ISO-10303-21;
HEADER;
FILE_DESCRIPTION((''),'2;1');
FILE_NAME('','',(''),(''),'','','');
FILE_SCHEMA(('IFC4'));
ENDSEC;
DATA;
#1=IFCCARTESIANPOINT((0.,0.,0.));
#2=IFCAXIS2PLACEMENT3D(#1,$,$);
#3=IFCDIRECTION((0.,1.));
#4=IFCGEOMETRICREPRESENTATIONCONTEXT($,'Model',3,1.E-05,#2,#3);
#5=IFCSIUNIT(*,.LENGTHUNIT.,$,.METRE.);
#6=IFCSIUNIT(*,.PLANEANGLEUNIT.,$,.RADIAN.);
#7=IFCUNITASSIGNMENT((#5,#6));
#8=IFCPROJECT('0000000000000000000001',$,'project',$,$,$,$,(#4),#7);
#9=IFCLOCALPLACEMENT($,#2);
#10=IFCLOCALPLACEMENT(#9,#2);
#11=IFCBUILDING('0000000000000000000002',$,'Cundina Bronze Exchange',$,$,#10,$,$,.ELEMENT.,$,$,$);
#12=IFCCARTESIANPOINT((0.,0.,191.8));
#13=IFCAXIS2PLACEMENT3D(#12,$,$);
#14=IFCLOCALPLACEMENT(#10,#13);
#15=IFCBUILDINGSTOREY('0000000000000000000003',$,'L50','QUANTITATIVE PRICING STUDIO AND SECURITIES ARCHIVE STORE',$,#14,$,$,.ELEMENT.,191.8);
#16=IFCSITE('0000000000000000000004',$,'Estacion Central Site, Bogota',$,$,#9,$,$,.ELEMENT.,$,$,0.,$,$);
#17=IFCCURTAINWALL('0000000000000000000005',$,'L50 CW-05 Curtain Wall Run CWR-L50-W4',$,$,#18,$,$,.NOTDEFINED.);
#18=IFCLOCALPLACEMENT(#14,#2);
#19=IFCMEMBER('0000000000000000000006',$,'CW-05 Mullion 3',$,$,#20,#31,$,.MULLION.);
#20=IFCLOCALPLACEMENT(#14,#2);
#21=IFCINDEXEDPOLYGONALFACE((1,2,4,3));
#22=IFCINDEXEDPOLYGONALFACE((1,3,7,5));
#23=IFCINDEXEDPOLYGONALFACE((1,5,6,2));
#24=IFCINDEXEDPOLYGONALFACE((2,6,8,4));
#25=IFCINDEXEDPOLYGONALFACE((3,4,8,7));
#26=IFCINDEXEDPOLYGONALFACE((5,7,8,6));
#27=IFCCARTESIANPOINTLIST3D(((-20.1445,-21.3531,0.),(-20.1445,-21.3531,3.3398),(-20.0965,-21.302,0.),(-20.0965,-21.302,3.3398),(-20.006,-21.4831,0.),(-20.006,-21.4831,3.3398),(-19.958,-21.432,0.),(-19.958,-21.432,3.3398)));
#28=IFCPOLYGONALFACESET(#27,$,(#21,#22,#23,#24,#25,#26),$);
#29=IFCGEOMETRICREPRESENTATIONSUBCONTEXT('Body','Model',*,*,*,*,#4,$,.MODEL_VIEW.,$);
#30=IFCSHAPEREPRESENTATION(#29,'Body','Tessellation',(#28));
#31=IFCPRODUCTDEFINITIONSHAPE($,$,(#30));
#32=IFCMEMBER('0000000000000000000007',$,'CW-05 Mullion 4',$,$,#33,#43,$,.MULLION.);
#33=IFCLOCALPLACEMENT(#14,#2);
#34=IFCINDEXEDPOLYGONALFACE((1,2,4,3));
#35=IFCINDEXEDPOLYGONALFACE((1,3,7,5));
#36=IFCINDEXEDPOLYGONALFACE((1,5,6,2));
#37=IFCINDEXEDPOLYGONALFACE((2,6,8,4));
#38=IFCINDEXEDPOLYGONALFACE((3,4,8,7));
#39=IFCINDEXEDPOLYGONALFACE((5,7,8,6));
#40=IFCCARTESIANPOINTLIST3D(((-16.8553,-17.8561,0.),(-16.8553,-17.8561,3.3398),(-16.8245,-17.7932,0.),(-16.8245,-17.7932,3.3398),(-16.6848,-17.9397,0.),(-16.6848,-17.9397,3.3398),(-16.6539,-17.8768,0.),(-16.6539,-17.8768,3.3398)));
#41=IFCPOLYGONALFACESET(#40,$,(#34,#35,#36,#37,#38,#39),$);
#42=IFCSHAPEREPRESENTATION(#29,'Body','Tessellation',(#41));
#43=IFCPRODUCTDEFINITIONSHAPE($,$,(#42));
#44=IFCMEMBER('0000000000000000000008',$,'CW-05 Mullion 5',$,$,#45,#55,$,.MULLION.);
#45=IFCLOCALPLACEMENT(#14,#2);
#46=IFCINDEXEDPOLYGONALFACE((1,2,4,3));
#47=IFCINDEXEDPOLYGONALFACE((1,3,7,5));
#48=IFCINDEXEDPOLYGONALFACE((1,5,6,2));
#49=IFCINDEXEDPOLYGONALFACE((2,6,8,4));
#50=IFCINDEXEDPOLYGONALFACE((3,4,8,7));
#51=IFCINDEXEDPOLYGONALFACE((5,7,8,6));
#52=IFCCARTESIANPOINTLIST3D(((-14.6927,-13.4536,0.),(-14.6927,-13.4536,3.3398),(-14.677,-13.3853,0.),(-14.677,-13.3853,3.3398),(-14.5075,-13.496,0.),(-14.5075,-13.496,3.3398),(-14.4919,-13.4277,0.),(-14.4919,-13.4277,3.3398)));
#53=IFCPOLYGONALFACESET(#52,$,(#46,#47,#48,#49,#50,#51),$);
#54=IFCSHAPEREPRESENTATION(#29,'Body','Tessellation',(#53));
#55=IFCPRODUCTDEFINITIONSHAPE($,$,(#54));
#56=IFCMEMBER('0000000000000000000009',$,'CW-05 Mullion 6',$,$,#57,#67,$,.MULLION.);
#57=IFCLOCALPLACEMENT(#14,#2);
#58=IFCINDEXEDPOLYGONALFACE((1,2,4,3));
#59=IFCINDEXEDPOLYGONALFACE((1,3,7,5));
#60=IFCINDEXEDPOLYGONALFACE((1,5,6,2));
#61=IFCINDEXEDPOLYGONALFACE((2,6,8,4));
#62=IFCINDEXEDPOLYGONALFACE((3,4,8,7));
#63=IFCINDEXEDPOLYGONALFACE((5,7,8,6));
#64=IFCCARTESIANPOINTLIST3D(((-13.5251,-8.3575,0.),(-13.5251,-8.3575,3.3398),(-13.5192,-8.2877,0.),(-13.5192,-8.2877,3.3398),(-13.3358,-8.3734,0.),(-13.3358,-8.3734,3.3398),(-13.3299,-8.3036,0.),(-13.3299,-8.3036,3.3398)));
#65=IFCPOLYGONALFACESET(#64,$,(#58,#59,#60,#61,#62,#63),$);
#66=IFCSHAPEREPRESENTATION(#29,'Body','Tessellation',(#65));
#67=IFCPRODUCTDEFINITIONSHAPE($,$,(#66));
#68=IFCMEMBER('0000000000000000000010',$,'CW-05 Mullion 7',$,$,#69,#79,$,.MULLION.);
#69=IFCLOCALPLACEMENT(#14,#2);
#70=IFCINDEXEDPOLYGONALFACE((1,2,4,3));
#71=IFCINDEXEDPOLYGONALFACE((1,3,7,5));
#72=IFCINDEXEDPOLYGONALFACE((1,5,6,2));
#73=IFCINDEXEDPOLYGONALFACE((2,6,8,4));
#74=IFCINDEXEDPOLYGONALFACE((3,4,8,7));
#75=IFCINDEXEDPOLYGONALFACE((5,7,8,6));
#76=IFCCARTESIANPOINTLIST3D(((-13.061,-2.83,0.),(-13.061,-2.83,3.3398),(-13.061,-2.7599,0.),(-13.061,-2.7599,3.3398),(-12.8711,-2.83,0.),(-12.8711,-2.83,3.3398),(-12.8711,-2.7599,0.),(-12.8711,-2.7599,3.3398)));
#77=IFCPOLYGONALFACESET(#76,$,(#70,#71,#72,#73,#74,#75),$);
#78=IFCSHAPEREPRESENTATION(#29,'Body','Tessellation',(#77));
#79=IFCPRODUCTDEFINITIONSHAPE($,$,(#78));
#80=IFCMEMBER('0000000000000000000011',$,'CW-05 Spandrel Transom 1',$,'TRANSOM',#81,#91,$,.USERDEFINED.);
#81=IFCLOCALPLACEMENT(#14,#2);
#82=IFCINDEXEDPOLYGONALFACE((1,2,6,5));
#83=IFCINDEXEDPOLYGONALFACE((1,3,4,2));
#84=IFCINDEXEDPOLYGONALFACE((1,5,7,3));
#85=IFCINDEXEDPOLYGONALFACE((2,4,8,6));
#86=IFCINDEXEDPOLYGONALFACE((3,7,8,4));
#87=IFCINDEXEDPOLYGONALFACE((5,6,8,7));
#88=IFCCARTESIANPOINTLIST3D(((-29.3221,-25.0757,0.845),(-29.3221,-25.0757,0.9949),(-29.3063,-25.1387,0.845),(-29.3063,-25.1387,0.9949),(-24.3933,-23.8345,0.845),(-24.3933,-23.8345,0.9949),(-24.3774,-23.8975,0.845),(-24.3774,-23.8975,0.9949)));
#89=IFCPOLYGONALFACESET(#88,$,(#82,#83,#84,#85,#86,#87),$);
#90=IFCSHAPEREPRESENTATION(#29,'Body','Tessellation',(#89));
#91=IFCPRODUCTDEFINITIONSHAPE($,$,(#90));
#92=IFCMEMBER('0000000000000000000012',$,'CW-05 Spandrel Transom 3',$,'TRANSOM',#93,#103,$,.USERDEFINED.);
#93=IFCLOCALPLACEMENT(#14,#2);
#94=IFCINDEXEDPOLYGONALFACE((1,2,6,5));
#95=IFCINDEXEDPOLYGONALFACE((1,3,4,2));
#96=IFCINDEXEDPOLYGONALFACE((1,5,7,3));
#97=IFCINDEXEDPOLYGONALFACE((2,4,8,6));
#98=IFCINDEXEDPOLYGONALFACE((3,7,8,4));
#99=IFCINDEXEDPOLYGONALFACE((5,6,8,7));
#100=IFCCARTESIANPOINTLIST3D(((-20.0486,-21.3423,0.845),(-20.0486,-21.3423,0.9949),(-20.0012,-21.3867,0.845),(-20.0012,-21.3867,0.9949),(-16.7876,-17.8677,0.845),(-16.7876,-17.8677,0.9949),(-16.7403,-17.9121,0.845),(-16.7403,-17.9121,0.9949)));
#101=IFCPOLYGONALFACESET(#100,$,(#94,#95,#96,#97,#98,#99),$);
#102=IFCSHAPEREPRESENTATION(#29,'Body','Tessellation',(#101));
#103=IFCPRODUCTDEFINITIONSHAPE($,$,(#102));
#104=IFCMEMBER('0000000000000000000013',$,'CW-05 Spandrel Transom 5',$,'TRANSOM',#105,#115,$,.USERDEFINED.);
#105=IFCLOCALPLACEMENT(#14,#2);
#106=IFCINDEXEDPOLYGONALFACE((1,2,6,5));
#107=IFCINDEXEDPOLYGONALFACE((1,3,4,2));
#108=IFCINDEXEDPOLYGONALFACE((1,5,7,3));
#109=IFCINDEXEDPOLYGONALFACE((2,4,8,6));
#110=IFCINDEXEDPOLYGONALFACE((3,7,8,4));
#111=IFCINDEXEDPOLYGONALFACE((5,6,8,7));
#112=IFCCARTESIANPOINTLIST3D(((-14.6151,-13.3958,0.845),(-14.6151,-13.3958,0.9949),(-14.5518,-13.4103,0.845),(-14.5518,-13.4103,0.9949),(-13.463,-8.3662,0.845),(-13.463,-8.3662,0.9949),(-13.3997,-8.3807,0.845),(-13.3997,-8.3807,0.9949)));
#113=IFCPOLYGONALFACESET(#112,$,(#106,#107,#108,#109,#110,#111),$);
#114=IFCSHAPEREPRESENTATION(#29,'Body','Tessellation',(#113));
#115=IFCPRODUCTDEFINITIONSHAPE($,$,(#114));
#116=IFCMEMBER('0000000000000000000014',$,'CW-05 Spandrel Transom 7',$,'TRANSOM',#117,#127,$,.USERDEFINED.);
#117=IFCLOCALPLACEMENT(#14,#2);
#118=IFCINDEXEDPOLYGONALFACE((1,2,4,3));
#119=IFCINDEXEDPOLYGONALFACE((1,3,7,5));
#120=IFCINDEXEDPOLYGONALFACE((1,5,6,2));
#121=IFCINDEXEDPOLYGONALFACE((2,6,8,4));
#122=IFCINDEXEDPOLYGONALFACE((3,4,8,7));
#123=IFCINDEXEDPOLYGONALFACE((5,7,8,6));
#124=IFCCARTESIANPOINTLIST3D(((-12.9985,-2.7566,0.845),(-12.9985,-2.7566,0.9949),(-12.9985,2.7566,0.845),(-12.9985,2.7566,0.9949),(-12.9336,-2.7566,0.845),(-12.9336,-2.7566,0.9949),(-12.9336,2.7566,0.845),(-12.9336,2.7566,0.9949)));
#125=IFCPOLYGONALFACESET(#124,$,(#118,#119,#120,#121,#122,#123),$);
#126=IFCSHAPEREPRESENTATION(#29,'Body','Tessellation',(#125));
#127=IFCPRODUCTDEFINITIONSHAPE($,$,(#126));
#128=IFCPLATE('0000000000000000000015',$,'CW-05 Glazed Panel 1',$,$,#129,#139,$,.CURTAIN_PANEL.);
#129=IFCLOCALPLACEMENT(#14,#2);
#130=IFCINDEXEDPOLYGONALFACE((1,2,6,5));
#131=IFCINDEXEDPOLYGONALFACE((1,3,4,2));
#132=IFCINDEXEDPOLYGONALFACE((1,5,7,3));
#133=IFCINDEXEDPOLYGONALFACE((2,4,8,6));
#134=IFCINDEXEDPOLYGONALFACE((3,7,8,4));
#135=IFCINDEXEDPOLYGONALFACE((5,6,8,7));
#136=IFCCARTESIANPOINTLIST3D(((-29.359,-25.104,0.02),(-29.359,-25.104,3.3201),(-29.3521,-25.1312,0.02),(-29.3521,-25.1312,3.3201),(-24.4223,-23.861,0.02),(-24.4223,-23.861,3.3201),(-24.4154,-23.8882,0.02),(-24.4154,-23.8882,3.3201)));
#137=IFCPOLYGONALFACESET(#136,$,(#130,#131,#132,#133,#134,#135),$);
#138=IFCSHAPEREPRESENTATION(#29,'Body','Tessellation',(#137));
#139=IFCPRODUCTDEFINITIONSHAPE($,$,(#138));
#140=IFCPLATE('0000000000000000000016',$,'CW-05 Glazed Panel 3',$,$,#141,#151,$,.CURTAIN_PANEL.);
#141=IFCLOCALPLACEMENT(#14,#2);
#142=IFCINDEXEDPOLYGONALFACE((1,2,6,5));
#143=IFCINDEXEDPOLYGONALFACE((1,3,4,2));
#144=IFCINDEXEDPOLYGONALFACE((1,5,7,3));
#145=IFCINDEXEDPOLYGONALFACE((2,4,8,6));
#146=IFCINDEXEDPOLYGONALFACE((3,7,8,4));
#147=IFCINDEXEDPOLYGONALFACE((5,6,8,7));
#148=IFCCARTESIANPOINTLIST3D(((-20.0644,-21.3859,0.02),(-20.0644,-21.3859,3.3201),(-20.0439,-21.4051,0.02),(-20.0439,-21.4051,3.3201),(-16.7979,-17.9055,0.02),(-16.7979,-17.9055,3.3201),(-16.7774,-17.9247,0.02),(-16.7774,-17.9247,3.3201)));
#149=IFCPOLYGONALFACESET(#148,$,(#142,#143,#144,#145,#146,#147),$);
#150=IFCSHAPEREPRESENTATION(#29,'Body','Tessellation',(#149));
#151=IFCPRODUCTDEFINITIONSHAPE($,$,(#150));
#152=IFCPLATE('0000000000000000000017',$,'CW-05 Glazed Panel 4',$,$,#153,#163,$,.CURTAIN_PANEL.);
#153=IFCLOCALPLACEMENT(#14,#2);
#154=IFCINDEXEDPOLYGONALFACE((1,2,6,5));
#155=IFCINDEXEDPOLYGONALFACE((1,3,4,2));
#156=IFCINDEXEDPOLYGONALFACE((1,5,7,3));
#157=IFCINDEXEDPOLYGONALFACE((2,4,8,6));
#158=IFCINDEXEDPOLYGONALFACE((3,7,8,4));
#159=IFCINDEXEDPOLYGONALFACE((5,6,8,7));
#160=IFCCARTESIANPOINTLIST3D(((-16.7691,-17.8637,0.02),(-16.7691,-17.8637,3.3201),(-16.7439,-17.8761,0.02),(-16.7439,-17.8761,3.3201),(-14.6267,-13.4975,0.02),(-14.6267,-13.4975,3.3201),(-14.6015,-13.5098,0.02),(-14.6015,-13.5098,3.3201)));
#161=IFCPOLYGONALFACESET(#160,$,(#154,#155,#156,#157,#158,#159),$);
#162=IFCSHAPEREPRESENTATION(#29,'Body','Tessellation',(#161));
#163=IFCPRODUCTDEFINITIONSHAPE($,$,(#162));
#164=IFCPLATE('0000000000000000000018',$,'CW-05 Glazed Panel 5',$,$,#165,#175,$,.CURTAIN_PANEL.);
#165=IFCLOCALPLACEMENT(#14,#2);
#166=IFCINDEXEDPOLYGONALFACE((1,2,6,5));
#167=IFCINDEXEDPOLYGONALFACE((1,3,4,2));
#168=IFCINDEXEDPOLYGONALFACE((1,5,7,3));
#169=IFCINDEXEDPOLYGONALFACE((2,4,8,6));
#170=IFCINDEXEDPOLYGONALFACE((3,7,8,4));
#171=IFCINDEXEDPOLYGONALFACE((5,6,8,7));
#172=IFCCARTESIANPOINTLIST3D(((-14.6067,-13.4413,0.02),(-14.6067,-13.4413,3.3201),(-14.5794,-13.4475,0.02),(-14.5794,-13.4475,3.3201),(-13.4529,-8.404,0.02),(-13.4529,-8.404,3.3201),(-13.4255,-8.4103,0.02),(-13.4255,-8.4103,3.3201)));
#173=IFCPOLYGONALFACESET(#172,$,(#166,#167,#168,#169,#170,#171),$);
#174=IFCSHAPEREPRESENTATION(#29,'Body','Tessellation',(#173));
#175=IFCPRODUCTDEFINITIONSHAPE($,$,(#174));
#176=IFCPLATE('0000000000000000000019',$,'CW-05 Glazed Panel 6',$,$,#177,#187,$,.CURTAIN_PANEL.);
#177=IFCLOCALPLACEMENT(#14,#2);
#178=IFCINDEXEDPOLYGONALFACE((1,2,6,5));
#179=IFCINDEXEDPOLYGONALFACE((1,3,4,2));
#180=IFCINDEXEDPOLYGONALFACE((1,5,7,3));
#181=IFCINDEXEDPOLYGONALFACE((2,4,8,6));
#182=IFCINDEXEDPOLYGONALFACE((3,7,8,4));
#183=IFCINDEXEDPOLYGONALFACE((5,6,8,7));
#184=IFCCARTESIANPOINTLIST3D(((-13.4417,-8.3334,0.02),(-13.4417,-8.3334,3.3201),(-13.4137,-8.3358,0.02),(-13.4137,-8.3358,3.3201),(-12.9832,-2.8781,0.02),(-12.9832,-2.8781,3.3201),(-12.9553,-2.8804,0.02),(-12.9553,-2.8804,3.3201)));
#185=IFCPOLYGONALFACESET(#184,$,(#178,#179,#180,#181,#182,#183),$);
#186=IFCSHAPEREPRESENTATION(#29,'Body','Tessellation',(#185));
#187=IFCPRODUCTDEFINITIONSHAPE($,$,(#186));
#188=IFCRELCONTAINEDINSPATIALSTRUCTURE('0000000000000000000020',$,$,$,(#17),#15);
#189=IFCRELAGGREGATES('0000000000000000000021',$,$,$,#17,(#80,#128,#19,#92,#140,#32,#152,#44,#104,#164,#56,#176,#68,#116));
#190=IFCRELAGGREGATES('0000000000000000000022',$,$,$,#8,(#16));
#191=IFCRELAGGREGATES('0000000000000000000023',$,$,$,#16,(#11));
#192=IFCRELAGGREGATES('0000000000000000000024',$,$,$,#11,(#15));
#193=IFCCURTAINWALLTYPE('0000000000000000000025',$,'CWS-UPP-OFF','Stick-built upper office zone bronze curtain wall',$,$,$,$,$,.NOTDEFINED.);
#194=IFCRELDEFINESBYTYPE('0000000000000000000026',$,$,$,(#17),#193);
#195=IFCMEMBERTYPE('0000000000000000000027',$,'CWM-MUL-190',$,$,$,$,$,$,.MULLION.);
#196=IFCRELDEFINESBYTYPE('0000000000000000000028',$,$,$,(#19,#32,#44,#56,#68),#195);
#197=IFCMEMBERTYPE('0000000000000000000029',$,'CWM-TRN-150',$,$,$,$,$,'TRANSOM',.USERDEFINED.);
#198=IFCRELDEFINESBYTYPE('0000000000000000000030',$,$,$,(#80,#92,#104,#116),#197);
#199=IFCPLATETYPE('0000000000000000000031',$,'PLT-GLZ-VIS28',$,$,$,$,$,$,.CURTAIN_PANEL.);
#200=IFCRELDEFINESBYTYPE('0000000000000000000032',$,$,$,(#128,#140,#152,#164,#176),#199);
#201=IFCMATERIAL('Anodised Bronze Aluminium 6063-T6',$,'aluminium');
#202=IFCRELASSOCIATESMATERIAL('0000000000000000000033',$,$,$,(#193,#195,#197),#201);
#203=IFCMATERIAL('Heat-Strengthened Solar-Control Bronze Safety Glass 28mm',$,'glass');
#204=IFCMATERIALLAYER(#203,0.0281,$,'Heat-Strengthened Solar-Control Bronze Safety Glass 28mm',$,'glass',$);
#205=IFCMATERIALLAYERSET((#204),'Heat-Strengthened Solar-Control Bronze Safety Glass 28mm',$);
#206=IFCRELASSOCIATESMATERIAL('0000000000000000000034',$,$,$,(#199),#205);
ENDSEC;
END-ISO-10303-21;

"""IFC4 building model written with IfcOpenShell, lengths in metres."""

from ifc_helpers import new_model, si_unit, direction, frame, origin, origin_2d, place, context, subcontext, project, spatial, rectangle, extrude, material, layer, layer_set, material_profile, profile_set, type_object, element, aggregate, save


model = new_model("IFC4")

# Units and contexts
model_context = context("Model", 3, precision=1e-05, world=origin(), true_north=direction((0.0, 1.0)))
body_context = subcontext(model_context, "Body", "Model", "MODEL_VIEW")
ifc_project = project(units=[si_unit("LENGTHUNIT", "METRE"), si_unit("PLANEANGLEUNIT", "RADIAN")], contexts=[model_context])

# Site, building, storey
site_placement = place(None, origin())
site = spatial("IfcSite", under=ifc_project, at=site_placement, Name="Estacion Central Site, Bogota", CompositionType="ELEMENT", RefElevation=0.0)
building_placement = place(site_placement, origin())
building = spatial("IfcBuilding", under=site, at=building_placement, Name="Cundina Bronze Exchange", CompositionType="ELEMENT")
storey_placement = place(building_placement, frame((0.0, 0.0, 191.8)))
storey = spatial("IfcBuildingStorey", under=building, at=storey_placement, Name="L50", Description="QUANTITATIVE PRICING STUDIO AND SECURITIES ARCHIVE STORE", CompositionType="ELEMENT", Elevation=191.8)

# Curtain wall, members, plates
ifc_material_1 = material(Name="Anodised Bronze Aluminium 6063-T6", Category="aluminium")
curtain_wall_type = type_object("IfcCurtainWallType", Name="CWS-UPP-OFF", Description="Stick-built upper office zone bronze curtain wall", PredefinedType="NOTDEFINED", material=ifc_material_1)
curtain_wall_placement = place(storey_placement, origin())
curtain_wall = element("IfcCurtainWall", 1, at=curtain_wall_placement, inside=storey, type_object=curtain_wall_type, Name="L50 CW-05 Curtain Wall Run CWR-L50-W4", PredefinedType="NOTDEFINED")
ifc_material_profile_1 = material_profile(ifc_material_1, rectangle(XDim=0.0701, YDim=0.1899, at=origin_2d()), Name="AL70X190", Category="aluminium")
ifc_profile_set_1 = profile_set([ifc_material_profile_1], Name="Anodised Bronze Aluminium 6063-T6")
member_type_1 = type_object("IfcMemberType", Name="CWM-MUL-190", PredefinedType="MULLION", material=ifc_profile_set_1)
member_1_placement = place(storey_placement, frame((-20.0513, -21.3926, 0.0), z_axis=(0.0, 0.0, 1.0), x_axis=(0.684293, 0.729208, 0.0)))
member_1 = element("IfcMember", 2, at=member_1_placement, type_object=member_type_1, Name="CW-05 Mullion 3", PredefinedType="MULLION", context=body_context, shape_type="SweptSolid", body=[
    extrude(rectangle(XDim=0.0701, YDim=0.1899, at=origin_2d()), origin(), (0.0, 0.0, 1.0), 3.3398),
])
member_2_placement = place(storey_placement, frame((-16.7546, -17.8665, 0.0), z_axis=(0.0, 0.0, 1.0), x_axis=(0.440566, 0.89772, 0.0)))
member_2 = element("IfcMember", 3, at=member_2_placement, type_object=member_type_1, Name="CW-05 Mullion 4", PredefinedType="MULLION", context=body_context, shape_type="SweptSolid", body=[
    extrude(rectangle(XDim=0.0701, YDim=0.1899, at=origin_2d()), origin(), (0.0, 0.0, 1.0), 3.3398),
])
member_3_placement = place(storey_placement, frame((-14.5923, -13.4407, 0.0), z_axis=(0.0, 0.0, 1.0), x_axis=(0.22325, 0.974761, 0.0)))
member_3 = element("IfcMember", 4, at=member_3_placement, type_object=member_type_1, Name="CW-05 Mullion 5", PredefinedType="MULLION", context=body_context, shape_type="SweptSolid", body=[
    extrude(rectangle(XDim=0.0701, YDim=0.1899, at=origin_2d()), origin(), (0.0, 0.0, 1.0), 3.3398),
])
member_4_placement = place(storey_placement, frame((-13.4275, -8.3306, 0.0), z_axis=(0.0, 0.0, 1.0), x_axis=(0.083678, 0.996493, 0.0)))
member_4 = element("IfcMember", 5, at=member_4_placement, type_object=member_type_1, Name="CW-05 Mullion 6", PredefinedType="MULLION", context=body_context, shape_type="SweptSolid", body=[
    extrude(rectangle(XDim=0.0701, YDim=0.1899, at=origin_2d()), origin(), (0.0, 0.0, 1.0), 3.3398),
])
member_5_placement = place(storey_placement, frame((-12.9661, -2.7949, 0.0), z_axis=(0.0, 0.0, 1.0), x_axis=(0.0, 1.0, 0.0)))
member_5 = element("IfcMember", 6, at=member_5_placement, type_object=member_type_1, Name="CW-05 Mullion 7", PredefinedType="MULLION", context=body_context, shape_type="SweptSolid", body=[
    extrude(rectangle(XDim=0.0701, YDim=0.1899, at=origin_2d()), origin(), (0.0, 0.0, 1.0), 3.3398),
])
ifc_material_profile_2 = material_profile(ifc_material_1, rectangle(XDim=0.0649, YDim=0.1499, at=origin_2d()), Name="AL65X150", Category="aluminium")
ifc_profile_set_2 = profile_set([ifc_material_profile_2], Name="Anodised Bronze Aluminium 6063-T6")
member_type_2 = type_object("IfcMemberType", Name="CWM-TRN-150", ElementType="TRANSOM", PredefinedType="USERDEFINED", material=ifc_profile_set_2)
member_6_placement = place(storey_placement, frame((-29.3142, -25.1072, 0.9199), z_axis=(0.969726, 0.244197, 0.0), x_axis=(-0.244197, 0.969726, 0.0)))
member_6 = element("IfcMember", 7, at=member_6_placement, type_object=member_type_2, Name="CW-05 Spandrel Transom 1", ObjectType="TRANSOM", PredefinedType="USERDEFINED", context=body_context, shape_type="SweptSolid", body=[
    extrude(rectangle(XDim=0.0649, YDim=0.1499, at=origin_2d()), origin(), (0.0, 0.0, 1.0), 5.0828),
])
member_7_placement = place(storey_placement, frame((-20.0249, -21.3645, 0.9199), z_axis=(0.684336, 0.729166, 0.0), x_axis=(-0.729166, 0.684336, 0.0)))
member_7 = element("IfcMember", 8, at=member_7_placement, type_object=member_type_2, Name="CW-05 Spandrel Transom 3", ObjectType="TRANSOM", PredefinedType="USERDEFINED", context=body_context, shape_type="SweptSolid", body=[
    extrude(rectangle(XDim=0.0649, YDim=0.1499, at=origin_2d()), origin(), (0.0, 0.0, 1.0), 4.7651),
])
member_8_placement = place(storey_placement, frame((-14.5835, -13.4031, 0.9199), z_axis=(0.223283, 0.974754, 0.0), x_axis=(-0.974754, 0.223283, 0.0)))
member_8 = element("IfcMember", 9, at=member_8_placement, type_object=member_type_2, Name="CW-05 Spandrel Transom 5", ObjectType="TRANSOM", PredefinedType="USERDEFINED", context=body_context, shape_type="SweptSolid", body=[
    extrude(rectangle(XDim=0.0649, YDim=0.1499, at=origin_2d()), origin(), (0.0, 0.0, 1.0), 5.1599),
])
member_9_placement = place(storey_placement, frame((-12.9661, -2.7566, 0.9199), z_axis=(0.0, 1.0, 0.0), x_axis=(-1.0, 0.0, 0.0)))
member_9 = element("IfcMember", 10, at=member_9_placement, type_object=member_type_2, Name="CW-05 Spandrel Transom 7", ObjectType="TRANSOM", PredefinedType="USERDEFINED", context=body_context, shape_type="SweptSolid", body=[
    extrude(rectangle(XDim=0.0649, YDim=0.1499, at=origin_2d()), origin(), (0.0, 0.0, 1.0), 5.5132),
])
ifc_material_2 = material(Name="Heat-Strengthened Solar-Control Bronze Safety Glass 28mm", Category="glass")
ifc_layer_1 = layer(ifc_material_2, 0.0281, Name="Heat-Strengthened Solar-Control Bronze Safety Glass 28mm", Category="glass")
ifc_layer_set_1 = layer_set([ifc_layer_1], Name="Heat-Strengthened Solar-Control Bronze Safety Glass 28mm")
plate_type_1 = type_object("IfcPlateType", Name="PLT-GLZ-VIS28", PredefinedType="CURTAIN_PANEL", material=ifc_layer_set_1)
plate_1_placement = place(storey_placement, frame((-26.8872, -24.4961, 0.02), z_axis=(0.0, 0.0, 1.0), x_axis=(0.969732, 0.244174, 0.0)))
plate_1 = element("IfcPlate", 11, at=plate_1_placement, type_object=plate_type_1, Name="CW-05 Glazed Panel 1", PredefinedType="CURTAIN_PANEL", context=body_context, shape_type="SweptSolid", body=[
    extrude(rectangle(XDim=5.0908, YDim=0.0281, at=origin_2d()), origin(), (0.0, 0.0, 1.0), 3.3),
])
plate_2_placement = place(storey_placement, frame((-18.4209, -19.6553, 0.02), z_axis=(0.0, 0.0, 1.0), x_axis=(0.684344, 0.72916, 0.0)))
plate_2 = element("IfcPlate", 12, at=plate_2_placement, type_object=plate_type_1, Name="CW-05 Glazed Panel 3", PredefinedType="CURTAIN_PANEL", context=body_context, shape_type="SweptSolid", body=[
    extrude(rectangle(XDim=4.7732, YDim=0.0281, at=origin_2d()), origin(), (0.0, 0.0, 1.0), 3.3),
])
plate_3_placement = place(storey_placement, frame((-15.6853, -15.6868, 0.02), z_axis=(0.0, 0.0, 1.0), x_axis=(0.440503, 0.897751, 0.0)))
plate_3 = element("IfcPlate", 13, at=plate_3_placement, type_object=plate_type_1, Name="CW-05 Glazed Panel 4", PredefinedType="CURTAIN_PANEL", context=body_context, shape_type="SweptSolid", body=[
    extrude(rectangle(XDim=4.8635, YDim=0.0281, at=origin_2d()), origin(), (0.0, 0.0, 1.0), 3.3),
])
plate_4_placement = place(storey_placement, frame((-14.0161, -10.9258, 0.02), z_axis=(0.0, 0.0, 1.0), x_axis=(0.223284, 0.974753, 0.0)))
plate_4 = element("IfcPlate", 14, at=plate_4_placement, type_object=plate_type_1, Name="CW-05 Glazed Panel 5", PredefinedType="CURTAIN_PANEL", context=body_context, shape_type="SweptSolid", body=[
    extrude(rectangle(XDim=5.1677, YDim=0.0281, at=origin_2d()), origin(), (0.0, 0.0, 1.0), 3.3),
])
plate_5_placement = place(storey_placement, frame((-13.1985, -5.6069, 0.02), z_axis=(0.0, 0.0, 1.0), x_axis=(0.083747, 0.996487, 0.0)))
plate_5 = element("IfcPlate", 15, at=plate_5_placement, type_object=plate_type_1, Name="CW-05 Glazed Panel 6", PredefinedType="CURTAIN_PANEL", context=body_context, shape_type="SweptSolid", body=[
    extrude(rectangle(XDim=5.4746, YDim=0.0281, at=origin_2d()), origin(), (0.0, 0.0, 1.0), 3.3),
])
aggregate(curtain_wall, [member_6, plate_1, member_1, member_7, plate_2, member_2, plate_3, member_3, member_8, plate_4, member_4, plate_5, member_5, member_9])

save(model, "model.ifc")
